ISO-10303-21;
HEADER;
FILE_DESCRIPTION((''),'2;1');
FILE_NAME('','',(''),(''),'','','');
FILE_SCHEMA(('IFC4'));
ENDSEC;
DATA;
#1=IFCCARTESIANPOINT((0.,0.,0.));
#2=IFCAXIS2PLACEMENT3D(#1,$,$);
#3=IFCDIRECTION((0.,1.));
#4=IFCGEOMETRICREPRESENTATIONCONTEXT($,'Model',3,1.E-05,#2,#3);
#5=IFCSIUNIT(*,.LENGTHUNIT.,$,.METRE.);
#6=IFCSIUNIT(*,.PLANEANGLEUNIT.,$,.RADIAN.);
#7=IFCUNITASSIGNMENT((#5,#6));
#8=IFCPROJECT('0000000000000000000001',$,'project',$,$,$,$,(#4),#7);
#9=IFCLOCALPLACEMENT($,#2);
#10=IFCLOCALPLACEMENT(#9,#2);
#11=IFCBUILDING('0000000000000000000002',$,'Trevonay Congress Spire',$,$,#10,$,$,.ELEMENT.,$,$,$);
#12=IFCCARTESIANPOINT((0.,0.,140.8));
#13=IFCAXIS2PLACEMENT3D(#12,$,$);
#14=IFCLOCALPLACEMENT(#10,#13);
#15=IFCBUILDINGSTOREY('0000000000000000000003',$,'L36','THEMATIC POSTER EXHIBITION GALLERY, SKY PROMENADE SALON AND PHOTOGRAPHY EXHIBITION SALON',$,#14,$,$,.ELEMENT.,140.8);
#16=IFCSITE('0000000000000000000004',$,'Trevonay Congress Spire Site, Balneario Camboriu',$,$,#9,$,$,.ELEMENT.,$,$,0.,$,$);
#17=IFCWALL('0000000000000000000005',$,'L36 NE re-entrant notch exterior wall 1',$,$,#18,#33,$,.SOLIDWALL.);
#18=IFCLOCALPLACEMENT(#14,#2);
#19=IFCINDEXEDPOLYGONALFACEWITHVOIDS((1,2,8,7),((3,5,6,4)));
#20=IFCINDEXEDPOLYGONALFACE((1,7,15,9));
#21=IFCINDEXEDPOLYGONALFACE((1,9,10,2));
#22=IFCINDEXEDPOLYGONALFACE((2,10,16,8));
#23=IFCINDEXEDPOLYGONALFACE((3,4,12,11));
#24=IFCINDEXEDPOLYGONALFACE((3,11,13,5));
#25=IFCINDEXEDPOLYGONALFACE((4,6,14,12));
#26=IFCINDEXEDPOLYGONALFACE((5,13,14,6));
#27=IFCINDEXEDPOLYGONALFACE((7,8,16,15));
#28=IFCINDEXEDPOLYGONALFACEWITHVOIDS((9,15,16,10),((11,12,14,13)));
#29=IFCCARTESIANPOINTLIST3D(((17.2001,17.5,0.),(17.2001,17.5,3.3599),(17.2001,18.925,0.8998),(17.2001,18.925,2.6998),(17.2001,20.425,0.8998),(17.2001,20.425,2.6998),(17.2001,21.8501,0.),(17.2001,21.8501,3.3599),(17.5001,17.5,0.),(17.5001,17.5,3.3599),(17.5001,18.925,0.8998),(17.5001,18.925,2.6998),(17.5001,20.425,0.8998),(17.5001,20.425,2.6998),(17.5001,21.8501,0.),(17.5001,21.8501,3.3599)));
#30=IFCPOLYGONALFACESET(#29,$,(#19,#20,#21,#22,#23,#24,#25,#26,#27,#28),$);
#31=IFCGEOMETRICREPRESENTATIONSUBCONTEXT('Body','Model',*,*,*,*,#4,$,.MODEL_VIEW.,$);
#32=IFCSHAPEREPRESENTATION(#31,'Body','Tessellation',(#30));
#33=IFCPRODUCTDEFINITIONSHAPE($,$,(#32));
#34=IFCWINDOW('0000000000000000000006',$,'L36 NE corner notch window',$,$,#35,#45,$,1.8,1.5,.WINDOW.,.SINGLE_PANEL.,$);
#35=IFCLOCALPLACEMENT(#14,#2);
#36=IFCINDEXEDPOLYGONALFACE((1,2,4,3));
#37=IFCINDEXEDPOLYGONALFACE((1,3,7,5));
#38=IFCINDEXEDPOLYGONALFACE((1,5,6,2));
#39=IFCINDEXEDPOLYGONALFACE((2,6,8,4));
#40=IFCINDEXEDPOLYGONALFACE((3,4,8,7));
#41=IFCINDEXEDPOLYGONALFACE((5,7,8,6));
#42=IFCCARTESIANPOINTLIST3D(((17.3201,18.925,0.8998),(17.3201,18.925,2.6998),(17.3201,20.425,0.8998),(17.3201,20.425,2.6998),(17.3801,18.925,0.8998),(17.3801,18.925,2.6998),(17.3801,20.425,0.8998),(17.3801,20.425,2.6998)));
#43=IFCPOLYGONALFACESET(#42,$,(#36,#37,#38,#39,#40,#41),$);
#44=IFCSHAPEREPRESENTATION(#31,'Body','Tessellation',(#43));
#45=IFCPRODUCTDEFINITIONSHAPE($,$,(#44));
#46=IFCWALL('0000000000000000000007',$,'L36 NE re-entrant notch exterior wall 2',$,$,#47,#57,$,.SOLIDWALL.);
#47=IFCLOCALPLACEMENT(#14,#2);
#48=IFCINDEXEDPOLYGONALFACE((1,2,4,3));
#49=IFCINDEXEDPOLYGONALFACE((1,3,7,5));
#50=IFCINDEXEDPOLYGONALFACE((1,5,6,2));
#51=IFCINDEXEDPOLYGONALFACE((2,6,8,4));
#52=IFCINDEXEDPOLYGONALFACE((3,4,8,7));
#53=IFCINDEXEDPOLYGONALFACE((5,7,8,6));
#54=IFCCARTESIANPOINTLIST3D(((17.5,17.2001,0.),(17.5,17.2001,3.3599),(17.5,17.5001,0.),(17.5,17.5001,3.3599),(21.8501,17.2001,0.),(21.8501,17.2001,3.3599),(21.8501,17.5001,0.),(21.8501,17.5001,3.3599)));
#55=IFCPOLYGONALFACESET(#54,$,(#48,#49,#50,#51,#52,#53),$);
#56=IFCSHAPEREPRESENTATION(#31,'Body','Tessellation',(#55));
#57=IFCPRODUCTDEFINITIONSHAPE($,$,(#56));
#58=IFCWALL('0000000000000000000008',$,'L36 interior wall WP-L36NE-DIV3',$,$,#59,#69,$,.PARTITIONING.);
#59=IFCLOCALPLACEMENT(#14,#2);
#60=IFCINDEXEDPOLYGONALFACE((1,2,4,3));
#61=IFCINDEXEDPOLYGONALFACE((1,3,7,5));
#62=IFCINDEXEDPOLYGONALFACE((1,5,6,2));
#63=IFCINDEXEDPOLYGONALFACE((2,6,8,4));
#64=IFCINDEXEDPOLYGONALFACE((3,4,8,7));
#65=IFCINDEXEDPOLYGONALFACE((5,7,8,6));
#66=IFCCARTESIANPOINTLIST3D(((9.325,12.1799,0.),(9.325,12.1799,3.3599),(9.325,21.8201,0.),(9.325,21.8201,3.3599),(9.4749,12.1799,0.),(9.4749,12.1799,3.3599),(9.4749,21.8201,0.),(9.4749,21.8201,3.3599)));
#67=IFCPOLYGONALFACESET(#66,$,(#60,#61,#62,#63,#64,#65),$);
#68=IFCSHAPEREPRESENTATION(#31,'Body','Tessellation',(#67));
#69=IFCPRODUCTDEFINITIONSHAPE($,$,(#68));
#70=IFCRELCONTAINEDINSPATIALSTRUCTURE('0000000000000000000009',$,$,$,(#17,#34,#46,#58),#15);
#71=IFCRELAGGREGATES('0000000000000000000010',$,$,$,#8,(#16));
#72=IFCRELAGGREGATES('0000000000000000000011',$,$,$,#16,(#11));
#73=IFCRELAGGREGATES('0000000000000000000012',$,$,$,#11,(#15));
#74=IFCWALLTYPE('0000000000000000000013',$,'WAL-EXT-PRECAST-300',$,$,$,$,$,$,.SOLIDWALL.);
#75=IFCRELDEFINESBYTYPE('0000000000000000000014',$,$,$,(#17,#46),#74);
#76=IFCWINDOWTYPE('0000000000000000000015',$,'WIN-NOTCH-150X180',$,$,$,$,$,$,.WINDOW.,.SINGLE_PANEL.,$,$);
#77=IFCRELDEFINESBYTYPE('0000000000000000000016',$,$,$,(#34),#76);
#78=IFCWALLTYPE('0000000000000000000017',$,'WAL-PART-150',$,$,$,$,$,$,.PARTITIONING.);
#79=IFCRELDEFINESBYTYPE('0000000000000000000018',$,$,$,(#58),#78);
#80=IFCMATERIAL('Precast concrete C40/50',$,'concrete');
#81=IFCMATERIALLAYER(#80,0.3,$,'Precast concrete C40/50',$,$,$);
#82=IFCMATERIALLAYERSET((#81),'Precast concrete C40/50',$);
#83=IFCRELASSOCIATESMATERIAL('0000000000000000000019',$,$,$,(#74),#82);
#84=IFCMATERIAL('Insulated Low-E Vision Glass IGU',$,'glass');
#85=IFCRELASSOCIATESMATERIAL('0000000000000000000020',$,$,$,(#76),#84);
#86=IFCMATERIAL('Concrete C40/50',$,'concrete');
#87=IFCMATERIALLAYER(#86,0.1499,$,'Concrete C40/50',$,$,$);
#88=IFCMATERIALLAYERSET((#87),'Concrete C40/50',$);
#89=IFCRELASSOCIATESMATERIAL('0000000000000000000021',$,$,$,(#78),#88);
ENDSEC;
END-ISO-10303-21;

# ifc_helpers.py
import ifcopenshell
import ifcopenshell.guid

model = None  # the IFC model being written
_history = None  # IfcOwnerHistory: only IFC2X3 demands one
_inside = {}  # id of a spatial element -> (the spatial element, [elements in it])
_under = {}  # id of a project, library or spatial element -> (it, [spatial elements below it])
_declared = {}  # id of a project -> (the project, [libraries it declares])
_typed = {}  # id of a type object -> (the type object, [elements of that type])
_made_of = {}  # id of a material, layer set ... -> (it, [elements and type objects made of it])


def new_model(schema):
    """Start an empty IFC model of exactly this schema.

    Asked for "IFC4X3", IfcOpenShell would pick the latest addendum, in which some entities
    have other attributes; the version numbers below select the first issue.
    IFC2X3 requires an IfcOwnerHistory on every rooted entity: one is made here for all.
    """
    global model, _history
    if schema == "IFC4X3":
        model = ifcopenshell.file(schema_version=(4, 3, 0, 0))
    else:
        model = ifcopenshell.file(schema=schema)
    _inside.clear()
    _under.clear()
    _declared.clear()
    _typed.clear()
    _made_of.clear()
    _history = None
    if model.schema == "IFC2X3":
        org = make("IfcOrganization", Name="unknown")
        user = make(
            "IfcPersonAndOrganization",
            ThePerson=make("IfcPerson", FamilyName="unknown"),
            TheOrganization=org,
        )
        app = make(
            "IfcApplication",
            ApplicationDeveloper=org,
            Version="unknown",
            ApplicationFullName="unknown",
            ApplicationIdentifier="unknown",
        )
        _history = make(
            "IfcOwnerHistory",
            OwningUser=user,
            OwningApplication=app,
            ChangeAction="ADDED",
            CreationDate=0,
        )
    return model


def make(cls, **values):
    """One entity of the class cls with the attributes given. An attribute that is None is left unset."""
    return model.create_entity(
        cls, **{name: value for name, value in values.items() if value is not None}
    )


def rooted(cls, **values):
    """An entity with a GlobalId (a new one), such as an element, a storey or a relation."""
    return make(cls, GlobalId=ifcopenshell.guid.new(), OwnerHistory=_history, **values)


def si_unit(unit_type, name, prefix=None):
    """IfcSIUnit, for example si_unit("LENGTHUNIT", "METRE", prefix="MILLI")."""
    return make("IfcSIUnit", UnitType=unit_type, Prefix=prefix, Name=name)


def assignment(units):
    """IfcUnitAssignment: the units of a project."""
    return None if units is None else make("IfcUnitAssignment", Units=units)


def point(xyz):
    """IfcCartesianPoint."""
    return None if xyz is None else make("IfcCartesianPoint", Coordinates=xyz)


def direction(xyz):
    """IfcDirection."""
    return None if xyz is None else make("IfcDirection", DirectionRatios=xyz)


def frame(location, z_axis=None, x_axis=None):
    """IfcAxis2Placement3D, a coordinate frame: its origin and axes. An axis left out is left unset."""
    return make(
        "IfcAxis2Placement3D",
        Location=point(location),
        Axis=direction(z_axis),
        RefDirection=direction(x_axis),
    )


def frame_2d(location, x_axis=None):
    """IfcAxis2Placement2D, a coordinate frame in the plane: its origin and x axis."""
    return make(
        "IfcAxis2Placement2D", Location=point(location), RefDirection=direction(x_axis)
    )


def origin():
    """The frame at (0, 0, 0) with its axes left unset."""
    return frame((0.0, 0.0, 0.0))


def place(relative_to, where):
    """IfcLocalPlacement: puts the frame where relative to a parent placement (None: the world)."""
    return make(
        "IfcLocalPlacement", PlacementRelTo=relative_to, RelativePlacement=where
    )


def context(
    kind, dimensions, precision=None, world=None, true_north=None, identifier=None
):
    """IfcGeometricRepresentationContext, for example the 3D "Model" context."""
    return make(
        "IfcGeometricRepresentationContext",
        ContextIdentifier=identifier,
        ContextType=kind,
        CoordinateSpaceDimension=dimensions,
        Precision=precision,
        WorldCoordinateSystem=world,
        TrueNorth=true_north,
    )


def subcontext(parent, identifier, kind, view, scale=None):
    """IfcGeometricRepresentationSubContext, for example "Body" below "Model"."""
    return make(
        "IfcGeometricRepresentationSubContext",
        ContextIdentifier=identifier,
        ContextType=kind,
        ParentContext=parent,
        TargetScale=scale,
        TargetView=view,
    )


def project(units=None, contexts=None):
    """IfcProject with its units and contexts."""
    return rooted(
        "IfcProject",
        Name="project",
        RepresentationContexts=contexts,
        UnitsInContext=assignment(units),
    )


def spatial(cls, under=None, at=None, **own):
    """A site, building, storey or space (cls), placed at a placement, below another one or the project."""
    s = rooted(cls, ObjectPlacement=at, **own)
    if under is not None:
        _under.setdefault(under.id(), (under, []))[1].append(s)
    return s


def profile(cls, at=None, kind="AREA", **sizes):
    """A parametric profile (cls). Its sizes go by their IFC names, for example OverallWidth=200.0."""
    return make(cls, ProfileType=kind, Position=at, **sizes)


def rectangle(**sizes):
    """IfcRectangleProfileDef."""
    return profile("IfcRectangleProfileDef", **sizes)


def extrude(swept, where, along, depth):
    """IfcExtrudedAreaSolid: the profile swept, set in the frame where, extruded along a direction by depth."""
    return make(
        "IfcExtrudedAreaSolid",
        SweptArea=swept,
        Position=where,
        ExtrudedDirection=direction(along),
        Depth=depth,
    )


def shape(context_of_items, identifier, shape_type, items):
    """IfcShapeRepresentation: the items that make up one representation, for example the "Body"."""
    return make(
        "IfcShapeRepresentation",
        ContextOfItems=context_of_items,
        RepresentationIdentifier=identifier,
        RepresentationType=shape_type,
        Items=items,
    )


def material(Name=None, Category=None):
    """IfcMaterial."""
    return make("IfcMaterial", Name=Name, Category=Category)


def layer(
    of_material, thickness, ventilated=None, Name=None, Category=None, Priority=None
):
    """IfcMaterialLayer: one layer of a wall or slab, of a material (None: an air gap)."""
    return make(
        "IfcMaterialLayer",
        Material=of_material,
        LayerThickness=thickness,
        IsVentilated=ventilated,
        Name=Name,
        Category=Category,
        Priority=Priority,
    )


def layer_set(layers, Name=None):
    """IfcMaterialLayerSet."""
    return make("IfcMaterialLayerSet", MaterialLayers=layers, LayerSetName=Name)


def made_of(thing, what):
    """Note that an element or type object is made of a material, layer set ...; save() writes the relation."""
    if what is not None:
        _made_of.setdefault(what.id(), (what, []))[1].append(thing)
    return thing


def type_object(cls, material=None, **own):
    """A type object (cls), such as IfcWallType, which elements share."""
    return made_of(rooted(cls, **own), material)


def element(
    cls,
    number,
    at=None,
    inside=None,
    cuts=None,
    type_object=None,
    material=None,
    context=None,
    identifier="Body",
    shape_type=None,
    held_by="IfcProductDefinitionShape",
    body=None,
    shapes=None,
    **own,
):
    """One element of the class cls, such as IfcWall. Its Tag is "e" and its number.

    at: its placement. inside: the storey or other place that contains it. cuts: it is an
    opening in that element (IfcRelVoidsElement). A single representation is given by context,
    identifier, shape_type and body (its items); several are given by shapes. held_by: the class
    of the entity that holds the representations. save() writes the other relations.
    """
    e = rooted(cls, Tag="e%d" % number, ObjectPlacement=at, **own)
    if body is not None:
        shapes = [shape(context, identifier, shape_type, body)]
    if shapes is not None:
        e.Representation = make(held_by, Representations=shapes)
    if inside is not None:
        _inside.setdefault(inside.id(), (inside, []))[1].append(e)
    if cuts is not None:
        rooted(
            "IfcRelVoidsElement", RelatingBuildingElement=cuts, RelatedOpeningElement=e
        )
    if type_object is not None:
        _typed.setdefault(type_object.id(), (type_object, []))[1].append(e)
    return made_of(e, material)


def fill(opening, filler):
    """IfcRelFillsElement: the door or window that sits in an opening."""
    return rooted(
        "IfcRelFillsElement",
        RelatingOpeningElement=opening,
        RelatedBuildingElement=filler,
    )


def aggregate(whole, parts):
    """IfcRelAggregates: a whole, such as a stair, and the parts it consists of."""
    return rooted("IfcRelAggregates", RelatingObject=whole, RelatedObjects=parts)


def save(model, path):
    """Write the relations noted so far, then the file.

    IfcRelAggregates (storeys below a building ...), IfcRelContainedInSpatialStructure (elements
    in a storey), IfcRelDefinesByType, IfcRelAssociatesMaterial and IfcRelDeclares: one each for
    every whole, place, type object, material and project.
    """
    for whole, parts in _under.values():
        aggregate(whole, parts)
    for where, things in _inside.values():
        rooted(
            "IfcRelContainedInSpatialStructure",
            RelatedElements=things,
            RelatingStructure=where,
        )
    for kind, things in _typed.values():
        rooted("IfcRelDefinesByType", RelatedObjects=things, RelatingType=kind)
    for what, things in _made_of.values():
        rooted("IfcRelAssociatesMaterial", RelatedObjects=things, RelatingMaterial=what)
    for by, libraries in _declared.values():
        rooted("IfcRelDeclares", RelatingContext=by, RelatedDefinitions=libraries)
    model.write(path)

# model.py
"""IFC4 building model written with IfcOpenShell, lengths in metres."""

from ifc_helpers import new_model, si_unit, direction, frame, frame_2d, origin, place, context, subcontext, project, spatial, rectangle, extrude, material, layer, layer_set, type_object, element, fill, save


model = new_model("IFC4")

# Units and contexts
model_context = context("Model", 3, precision=1e-05, world=origin(), true_north=direction((0.0, 1.0)))
body_context = subcontext(model_context, "Body", "Model", "MODEL_VIEW")
ifc_project = project(units=[si_unit("LENGTHUNIT", "METRE"), si_unit("PLANEANGLEUNIT", "RADIAN")], contexts=[model_context])

# Site, building, storey
site_placement = place(None, origin())
site = spatial("IfcSite", under=ifc_project, at=site_placement, Name="Trevonay Congress Spire Site, Balneario Camboriu", CompositionType="ELEMENT", RefElevation=0.0)
building_placement = place(site_placement, origin())
building = spatial("IfcBuilding", under=site, at=building_placement, Name="Trevonay Congress Spire", CompositionType="ELEMENT")
storey_placement = place(building_placement, frame((0.0, 0.0, 140.8)))
storey = spatial("IfcBuildingStorey", under=building, at=storey_placement, Name="L36", Description="THEMATIC POSTER EXHIBITION GALLERY, SKY PROMENADE SALON AND PHOTOGRAPHY EXHIBITION SALON", CompositionType="ELEMENT", Elevation=140.8)

# Shared definitions
ifc_material_1 = material(Name="Insulated Low-E Vision Glass IGU", Category="glass")

# Wall, opening, window
ifc_material_2 = material(Name="Precast concrete C40/50", Category="concrete")
ifc_layer_1 = layer(ifc_material_2, 0.3, Name="Precast concrete C40/50")
ifc_layer_set_1 = layer_set([ifc_layer_1], Name="Precast concrete C40/50")
wall_type_1 = type_object("IfcWallType", Name="WAL-EXT-PRECAST-300", PredefinedType="SOLIDWALL", material=ifc_layer_set_1)
wall_1_placement = place(storey_placement, frame((17.3501, 21.8501, 0.0), z_axis=(0.0, 0.0, 1.0), x_axis=(0.0, -1.0, 0.0)))
wall_1 = element("IfcWall", 1, at=wall_1_placement, inside=storey, type_object=wall_type_1, Name="L36 NE re-entrant notch exterior wall 1", PredefinedType="SOLIDWALL", context=body_context, shape_type="SweptSolid", body=[
    extrude(rectangle(XDim=4.3501, YDim=0.3, at=frame_2d((2.175, 0.0))), origin(), (0.0, 0.0, 1.0), 3.3599),
])
opening_placement = place(wall_1_placement, frame((1.425, 0.0, 0.8999)))
opening = element("IfcOpeningElement", 2, at=opening_placement, cuts=wall_1, PredefinedType="OPENING", context=body_context, shape_type="SweptSolid", body=[
    extrude(rectangle(XDim=1.5, YDim=1.8, at=frame_2d((0.75, 0.8999))), frame((0.0, 0.1602, 0.0), z_axis=(0.0, -1.0, 0.0), x_axis=(1.0, 0.0, 0.0)), (0.0, 0.0, 1.0), 0.3201),
])
window_type = type_object("IfcWindowType", Name="WIN-NOTCH-150X180", PartitioningType="SINGLE_PANEL", PredefinedType="WINDOW", material=ifc_material_1)
window_placement = place(opening_placement, origin())
window = element("IfcWindow", 3, at=window_placement, inside=storey, type_object=window_type, Name="L36 NE corner notch window", OverallHeight=1.8, OverallWidth=1.5, PartitioningType="SINGLE_PANEL", PredefinedType="WINDOW", context=body_context, shape_type="SweptSolid", body=[
    extrude(rectangle(XDim=1.5, YDim=1.8, at=frame_2d((0.75, 0.8999))), frame((0.0, 0.03, 0.0), z_axis=(0.0, -1.0, 0.0), x_axis=(1.0, 0.0, 0.0)), (0.0, 0.0, 1.0), 0.0601),
])
fill(opening, window)

# Walls
wall_2_placement = place(storey_placement, frame((21.8501, 17.3501, 0.0), z_axis=(0.0, 0.0, 1.0), x_axis=(-1.0, 0.0, 0.0)))
element("IfcWall", 4, at=wall_2_placement, inside=storey, type_object=wall_type_1, Name="L36 NE re-entrant notch exterior wall 2", PredefinedType="SOLIDWALL", context=body_context, shape_type="SweptSolid", body=[
    extrude(rectangle(XDim=4.3501, YDim=0.3, at=frame_2d((2.175, 0.0))), origin(), (0.0, 0.0, 1.0), 3.3599),
])
ifc_material_3 = material(Name="Concrete C40/50", Category="concrete")
ifc_layer_2 = layer(ifc_material_3, 0.1499, Name="Concrete C40/50")
ifc_layer_set_2 = layer_set([ifc_layer_2], Name="Concrete C40/50")
wall_type_2 = type_object("IfcWallType", Name="WAL-PART-150", PredefinedType="PARTITIONING", material=ifc_layer_set_2)
wall_3_placement = place(storey_placement, frame((9.3999, 12.1799, 0.0), z_axis=(0.0, 0.0, 1.0), x_axis=(0.0, 1.0, 0.0)))
element("IfcWall", 5, at=wall_3_placement, inside=storey, type_object=wall_type_2, Name="L36 interior wall WP-L36NE-DIV3", PredefinedType="PARTITIONING", context=body_context, shape_type="SweptSolid", body=[
    extrude(rectangle(XDim=9.6401, YDim=0.1499, at=frame_2d((4.8201, 0.0))), origin(), (0.0, 0.0, 1.0), 3.3599),
])

save(model, "model.ifc")
